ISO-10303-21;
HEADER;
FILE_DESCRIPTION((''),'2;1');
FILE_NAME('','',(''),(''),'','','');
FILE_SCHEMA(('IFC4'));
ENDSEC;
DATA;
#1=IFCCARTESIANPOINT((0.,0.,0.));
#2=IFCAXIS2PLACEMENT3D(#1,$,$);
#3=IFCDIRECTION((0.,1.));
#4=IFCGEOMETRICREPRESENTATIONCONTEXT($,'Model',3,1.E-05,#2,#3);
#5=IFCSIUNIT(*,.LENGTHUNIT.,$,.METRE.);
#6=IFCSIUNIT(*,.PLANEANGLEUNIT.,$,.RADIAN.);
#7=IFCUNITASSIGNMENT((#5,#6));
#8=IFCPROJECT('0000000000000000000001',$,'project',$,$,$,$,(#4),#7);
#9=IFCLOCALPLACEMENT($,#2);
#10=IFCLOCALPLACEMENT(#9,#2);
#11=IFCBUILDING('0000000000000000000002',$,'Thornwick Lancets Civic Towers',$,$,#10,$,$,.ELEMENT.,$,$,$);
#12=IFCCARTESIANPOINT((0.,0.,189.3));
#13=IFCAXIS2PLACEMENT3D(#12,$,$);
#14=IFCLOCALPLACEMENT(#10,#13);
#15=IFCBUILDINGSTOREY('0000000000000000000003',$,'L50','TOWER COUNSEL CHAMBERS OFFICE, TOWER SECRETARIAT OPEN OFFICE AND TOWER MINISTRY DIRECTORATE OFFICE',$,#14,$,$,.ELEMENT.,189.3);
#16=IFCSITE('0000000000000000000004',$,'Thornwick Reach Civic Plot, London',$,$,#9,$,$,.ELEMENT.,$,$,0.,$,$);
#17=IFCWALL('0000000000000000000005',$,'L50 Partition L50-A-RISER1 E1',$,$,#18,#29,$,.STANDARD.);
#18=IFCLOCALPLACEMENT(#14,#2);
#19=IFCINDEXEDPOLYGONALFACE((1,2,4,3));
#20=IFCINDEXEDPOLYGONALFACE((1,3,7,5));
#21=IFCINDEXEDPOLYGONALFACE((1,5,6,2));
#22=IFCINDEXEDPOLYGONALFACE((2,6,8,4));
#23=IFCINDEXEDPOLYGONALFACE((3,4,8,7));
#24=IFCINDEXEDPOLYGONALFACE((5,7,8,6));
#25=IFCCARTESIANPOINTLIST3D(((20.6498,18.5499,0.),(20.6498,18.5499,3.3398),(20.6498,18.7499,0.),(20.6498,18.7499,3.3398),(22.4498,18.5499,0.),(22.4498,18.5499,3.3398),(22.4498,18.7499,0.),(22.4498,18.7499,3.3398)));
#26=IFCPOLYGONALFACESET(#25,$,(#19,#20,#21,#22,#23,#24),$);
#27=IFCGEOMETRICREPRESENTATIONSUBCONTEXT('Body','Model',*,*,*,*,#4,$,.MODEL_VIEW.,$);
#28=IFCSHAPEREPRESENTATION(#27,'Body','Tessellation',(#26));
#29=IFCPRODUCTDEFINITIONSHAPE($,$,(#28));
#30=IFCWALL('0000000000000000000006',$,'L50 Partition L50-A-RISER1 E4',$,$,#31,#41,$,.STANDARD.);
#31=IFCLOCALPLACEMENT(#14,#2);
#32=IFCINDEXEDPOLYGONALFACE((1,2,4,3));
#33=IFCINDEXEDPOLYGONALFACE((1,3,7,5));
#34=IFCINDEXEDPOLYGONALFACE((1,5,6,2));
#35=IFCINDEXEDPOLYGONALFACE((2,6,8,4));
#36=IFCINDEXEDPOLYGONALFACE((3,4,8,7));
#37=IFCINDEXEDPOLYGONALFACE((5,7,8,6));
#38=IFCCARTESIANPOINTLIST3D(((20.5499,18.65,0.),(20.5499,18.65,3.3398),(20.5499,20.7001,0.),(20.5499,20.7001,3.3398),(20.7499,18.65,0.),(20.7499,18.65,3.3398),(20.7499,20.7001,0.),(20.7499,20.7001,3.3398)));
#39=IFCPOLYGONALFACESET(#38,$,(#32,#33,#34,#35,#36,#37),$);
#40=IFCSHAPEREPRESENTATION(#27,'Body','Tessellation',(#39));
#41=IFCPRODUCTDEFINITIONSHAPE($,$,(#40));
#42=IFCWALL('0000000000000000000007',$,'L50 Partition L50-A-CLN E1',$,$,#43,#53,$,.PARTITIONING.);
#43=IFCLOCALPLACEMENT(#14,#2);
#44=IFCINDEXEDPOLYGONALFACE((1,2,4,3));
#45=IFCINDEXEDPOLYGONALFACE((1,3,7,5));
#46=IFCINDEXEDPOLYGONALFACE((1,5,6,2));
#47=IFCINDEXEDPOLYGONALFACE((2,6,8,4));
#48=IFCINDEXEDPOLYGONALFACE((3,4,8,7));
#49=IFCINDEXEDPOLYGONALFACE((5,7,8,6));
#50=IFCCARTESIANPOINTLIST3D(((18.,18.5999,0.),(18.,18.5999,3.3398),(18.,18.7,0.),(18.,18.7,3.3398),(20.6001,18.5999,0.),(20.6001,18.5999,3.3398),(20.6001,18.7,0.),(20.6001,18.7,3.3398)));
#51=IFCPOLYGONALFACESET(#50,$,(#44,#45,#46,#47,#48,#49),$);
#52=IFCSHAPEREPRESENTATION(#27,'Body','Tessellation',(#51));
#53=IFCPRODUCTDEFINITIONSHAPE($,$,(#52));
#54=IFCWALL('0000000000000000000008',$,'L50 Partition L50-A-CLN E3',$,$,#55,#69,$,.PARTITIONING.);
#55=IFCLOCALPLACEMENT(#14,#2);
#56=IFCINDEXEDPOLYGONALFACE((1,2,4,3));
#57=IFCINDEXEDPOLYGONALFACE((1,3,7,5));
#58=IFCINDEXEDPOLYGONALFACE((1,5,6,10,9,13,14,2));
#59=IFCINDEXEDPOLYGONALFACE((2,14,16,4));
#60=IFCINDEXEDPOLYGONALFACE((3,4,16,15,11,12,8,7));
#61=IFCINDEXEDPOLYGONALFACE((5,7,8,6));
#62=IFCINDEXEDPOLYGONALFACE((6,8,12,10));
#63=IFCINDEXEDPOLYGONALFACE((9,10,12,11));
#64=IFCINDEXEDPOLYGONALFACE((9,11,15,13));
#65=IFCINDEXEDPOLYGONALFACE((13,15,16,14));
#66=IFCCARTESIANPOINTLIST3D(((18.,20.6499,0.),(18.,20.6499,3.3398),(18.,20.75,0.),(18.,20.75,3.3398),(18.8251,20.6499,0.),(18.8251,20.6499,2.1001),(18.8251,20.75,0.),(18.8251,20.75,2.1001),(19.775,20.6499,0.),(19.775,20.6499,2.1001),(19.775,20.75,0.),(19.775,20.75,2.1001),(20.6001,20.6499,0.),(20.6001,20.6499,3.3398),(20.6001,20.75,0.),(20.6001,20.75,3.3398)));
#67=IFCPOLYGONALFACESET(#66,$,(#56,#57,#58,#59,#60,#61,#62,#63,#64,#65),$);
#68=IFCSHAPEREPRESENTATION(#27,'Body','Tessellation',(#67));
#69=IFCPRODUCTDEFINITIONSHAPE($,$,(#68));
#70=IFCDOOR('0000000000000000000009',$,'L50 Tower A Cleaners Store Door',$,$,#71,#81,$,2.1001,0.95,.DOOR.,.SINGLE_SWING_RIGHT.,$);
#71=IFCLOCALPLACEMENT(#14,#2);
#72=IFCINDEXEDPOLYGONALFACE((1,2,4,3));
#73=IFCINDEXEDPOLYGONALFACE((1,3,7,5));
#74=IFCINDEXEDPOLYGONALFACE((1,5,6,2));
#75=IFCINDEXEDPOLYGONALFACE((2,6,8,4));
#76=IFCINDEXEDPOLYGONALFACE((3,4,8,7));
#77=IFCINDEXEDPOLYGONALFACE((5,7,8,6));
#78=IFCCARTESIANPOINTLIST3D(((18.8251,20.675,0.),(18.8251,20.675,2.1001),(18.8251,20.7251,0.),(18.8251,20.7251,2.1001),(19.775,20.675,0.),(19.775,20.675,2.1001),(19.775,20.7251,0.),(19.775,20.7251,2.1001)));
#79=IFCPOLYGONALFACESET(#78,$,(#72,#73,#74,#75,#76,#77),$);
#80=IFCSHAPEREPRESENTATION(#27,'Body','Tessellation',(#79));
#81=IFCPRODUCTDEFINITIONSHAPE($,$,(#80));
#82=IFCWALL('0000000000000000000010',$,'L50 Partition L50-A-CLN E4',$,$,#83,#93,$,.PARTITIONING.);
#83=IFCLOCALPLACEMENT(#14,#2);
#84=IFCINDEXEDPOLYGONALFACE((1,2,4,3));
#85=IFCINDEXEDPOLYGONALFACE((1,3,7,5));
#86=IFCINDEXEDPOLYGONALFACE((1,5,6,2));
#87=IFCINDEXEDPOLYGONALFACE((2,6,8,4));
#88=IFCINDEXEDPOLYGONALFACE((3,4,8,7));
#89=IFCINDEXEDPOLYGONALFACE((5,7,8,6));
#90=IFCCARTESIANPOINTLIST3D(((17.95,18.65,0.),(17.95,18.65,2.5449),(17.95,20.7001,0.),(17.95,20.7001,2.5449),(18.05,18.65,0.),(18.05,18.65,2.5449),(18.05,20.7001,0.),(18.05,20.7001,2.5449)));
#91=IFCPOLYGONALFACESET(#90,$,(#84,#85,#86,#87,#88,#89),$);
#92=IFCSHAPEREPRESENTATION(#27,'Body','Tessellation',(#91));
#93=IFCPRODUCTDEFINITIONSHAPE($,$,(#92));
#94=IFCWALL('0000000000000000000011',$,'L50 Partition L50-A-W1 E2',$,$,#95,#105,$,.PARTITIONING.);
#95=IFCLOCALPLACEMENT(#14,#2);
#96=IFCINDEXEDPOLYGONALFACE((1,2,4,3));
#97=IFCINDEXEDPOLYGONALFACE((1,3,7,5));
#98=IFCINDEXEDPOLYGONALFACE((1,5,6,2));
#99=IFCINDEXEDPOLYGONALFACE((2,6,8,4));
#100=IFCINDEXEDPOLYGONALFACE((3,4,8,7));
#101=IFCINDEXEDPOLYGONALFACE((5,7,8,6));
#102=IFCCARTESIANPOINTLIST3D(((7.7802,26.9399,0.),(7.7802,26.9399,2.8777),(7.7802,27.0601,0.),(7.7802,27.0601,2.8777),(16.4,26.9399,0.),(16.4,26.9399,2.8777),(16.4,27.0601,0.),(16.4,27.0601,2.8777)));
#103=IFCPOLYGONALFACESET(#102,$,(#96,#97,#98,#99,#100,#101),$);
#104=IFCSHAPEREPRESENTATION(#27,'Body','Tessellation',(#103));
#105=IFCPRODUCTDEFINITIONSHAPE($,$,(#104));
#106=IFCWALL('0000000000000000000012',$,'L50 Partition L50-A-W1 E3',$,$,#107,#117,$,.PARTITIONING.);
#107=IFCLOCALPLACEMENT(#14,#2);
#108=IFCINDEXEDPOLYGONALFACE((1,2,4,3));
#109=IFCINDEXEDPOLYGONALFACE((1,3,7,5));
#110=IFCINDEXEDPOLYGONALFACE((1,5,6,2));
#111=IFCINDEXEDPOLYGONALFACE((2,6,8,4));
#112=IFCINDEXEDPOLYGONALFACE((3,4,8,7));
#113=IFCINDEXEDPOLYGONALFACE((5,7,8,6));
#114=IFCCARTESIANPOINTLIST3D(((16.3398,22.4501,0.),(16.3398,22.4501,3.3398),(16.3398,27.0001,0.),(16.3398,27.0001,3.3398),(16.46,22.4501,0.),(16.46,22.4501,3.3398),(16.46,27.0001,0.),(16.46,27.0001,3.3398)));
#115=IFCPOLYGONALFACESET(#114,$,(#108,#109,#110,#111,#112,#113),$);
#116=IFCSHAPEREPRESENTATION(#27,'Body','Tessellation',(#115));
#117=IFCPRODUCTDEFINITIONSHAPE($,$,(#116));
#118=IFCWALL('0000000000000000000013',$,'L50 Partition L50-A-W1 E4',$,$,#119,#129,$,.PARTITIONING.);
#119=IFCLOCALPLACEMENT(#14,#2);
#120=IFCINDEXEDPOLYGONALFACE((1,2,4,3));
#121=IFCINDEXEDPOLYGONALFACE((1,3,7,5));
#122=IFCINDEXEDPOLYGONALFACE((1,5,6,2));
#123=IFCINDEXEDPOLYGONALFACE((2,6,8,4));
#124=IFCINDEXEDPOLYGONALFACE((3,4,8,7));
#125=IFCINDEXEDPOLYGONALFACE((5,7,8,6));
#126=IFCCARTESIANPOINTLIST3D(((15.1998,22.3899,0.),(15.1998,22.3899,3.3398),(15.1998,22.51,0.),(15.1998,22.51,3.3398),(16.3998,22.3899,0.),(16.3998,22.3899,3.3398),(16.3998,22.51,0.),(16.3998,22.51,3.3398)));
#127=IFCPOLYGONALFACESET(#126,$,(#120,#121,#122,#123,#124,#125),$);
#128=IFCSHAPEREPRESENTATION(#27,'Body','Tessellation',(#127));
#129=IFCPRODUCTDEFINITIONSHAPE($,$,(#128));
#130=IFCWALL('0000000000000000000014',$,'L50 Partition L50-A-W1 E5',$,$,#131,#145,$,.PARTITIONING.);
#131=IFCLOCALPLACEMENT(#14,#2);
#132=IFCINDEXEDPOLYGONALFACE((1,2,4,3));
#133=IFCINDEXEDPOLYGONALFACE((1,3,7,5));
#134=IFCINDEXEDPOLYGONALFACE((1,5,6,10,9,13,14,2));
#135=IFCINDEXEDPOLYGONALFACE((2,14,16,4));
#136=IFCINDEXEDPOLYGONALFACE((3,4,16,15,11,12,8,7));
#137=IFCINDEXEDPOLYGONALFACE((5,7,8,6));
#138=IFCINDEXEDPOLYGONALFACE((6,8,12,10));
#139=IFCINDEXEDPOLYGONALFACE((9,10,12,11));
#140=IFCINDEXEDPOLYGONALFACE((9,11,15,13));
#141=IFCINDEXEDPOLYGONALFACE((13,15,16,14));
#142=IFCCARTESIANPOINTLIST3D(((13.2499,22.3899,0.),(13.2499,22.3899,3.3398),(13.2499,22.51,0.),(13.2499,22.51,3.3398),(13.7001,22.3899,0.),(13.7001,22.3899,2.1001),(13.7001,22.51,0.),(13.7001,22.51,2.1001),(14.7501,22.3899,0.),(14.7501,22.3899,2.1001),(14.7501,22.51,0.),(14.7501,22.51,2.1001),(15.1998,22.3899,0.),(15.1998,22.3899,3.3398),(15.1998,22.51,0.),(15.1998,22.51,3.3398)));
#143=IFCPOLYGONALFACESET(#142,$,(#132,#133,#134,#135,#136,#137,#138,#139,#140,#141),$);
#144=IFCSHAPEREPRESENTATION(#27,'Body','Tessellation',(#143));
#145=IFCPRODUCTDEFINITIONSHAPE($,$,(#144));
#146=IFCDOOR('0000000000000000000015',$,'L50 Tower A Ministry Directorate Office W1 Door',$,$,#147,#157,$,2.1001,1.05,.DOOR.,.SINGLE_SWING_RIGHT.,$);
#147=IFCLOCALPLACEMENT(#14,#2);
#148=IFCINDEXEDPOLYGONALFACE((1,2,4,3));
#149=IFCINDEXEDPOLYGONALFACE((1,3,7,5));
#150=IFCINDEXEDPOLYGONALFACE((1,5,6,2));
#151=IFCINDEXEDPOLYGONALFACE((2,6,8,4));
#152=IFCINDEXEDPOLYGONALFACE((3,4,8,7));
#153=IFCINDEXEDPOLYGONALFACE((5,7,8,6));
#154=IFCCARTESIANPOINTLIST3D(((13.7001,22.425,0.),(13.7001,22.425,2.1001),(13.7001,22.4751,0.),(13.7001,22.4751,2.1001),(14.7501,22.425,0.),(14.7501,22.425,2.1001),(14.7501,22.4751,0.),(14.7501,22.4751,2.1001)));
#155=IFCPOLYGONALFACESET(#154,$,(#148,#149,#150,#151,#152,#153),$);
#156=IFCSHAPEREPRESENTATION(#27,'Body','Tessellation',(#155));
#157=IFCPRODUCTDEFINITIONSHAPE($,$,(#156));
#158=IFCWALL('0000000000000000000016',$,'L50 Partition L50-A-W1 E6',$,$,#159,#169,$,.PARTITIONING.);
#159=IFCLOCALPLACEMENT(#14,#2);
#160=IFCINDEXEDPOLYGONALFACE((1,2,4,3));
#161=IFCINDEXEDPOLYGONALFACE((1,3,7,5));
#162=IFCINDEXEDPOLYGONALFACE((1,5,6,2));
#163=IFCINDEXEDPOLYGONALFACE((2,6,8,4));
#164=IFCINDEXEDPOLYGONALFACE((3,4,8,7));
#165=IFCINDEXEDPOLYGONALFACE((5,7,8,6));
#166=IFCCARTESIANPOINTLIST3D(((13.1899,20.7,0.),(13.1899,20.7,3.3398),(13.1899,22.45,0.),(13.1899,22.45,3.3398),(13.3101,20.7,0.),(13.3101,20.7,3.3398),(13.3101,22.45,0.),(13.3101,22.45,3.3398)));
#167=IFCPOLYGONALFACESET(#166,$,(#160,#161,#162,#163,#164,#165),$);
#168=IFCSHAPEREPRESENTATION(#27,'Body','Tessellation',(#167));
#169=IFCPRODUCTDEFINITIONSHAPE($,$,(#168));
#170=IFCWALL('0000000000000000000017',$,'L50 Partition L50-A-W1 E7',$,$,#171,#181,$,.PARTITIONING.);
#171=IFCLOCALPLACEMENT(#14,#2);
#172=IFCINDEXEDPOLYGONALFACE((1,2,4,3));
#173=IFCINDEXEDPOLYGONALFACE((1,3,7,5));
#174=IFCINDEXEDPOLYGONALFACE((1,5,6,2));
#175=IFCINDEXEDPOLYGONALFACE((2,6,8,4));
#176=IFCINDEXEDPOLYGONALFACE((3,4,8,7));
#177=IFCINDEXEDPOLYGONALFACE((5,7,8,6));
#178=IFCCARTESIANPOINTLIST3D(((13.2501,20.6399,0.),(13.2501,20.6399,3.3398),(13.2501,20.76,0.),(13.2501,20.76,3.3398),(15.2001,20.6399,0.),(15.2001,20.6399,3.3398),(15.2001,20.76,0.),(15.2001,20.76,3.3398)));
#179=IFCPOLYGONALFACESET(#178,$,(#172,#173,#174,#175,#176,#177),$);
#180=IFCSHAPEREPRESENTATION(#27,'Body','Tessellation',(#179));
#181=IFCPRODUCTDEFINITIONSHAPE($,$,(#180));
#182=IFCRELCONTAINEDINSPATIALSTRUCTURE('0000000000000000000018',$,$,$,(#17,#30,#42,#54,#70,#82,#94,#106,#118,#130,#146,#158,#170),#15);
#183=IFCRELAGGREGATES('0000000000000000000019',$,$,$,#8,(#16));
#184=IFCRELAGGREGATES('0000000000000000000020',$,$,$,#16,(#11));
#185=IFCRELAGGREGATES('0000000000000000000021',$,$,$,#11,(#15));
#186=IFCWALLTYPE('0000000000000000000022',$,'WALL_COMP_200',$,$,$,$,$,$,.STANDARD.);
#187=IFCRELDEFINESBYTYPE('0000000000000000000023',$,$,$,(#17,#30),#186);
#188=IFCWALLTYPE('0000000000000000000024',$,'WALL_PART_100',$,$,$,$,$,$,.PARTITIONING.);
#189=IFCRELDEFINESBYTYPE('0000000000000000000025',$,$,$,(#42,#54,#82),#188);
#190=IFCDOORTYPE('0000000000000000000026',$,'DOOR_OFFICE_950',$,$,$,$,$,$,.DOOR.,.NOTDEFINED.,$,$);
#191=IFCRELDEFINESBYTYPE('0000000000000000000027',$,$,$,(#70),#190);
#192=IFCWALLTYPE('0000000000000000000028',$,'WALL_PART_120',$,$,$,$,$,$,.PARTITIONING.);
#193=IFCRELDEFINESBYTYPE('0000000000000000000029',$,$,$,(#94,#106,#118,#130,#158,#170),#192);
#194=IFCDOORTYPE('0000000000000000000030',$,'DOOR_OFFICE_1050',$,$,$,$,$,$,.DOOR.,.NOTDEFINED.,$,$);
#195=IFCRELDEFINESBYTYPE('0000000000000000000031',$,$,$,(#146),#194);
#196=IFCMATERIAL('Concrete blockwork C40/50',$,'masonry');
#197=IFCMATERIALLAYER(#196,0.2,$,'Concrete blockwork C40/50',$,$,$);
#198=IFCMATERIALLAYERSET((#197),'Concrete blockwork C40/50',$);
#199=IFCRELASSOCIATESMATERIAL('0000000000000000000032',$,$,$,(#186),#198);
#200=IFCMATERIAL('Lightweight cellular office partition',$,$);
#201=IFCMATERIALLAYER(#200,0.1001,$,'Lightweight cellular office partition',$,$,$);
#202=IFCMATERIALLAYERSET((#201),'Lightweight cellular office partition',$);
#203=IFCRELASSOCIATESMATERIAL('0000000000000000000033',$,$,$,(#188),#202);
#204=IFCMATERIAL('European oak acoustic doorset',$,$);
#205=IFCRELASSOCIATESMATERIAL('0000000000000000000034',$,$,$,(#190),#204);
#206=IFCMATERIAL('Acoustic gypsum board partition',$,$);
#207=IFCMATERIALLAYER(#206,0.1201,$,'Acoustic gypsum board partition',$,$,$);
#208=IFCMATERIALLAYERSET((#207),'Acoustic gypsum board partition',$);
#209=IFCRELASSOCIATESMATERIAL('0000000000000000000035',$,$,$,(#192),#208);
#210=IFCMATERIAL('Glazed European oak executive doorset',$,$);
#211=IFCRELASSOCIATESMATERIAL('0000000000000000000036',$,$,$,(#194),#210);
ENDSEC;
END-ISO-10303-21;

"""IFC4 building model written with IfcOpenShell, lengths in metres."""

from ifc_helpers import new_model, si_unit, direction, frame, frame_2d, origin, place, context, subcontext, project, spatial, rectangle, extrude, material, layer, layer_set, type_object, element, fill, save


model = new_model("IFC4")

# Units and contexts
model_context = context("Model", 3, precision=1e-05, world=origin(), true_north=direction((0.0, 1.0)))
body_context = subcontext(model_context, "Body", "Model", "MODEL_VIEW")
ifc_project = project(units=[si_unit("LENGTHUNIT", "METRE"), si_unit("PLANEANGLEUNIT", "RADIAN")], contexts=[model_context])

# Site, building, storey
site_placement = place(None, origin())
site = spatial("IfcSite", under=ifc_project, at=site_placement, Name="Thornwick Reach Civic Plot, London", CompositionType="ELEMENT", RefElevation=0.0)
building_placement = place(site_placement, origin())
building = spatial("IfcBuilding", under=site, at=building_placement, Name="Thornwick Lancets Civic Towers", CompositionType="ELEMENT")
storey_placement = place(building_placement, frame((0.0, 0.0, 189.3)))
storey = spatial("IfcBuildingStorey", under=building, at=storey_placement, Name="L50", Description="TOWER COUNSEL CHAMBERS OFFICE, TOWER SECRETARIAT OPEN OFFICE AND TOWER MINISTRY DIRECTORATE OFFICE", CompositionType="ELEMENT", Elevation=189.3)

# Shared definitions
ifc_material_1 = material(Name="Concrete blockwork C40/50", Category="masonry")
ifc_layer_1 = layer(ifc_material_1, 0.2, Name="Concrete blockwork C40/50")
ifc_layer_set_1 = layer_set([ifc_layer_1], Name="Concrete blockwork C40/50")
wall_type_1 = type_object("IfcWallType", Name="WALL_COMP_200", PredefinedType="STANDARD", material=ifc_layer_set_1)

# Walls
wall_1_placement = place(storey_placement, frame((20.6499, 18.6499, 0.0), z_axis=(0.0, 0.0, 1.0), x_axis=(1.0, 0.0, 0.0)))
element("IfcWall", 1, at=wall_1_placement, inside=storey, type_object=wall_type_1, Name="L50 Partition L50-A-RISER1 E1", PredefinedType="STANDARD", context=body_context, shape_type="SweptSolid", body=[
    extrude(rectangle(XDim=1.8, YDim=0.2, at=frame_2d((0.8999, 0.0))), origin(), (0.0, 0.0, 1.0), 3.3398),
])
wall_2_placement = place(storey_placement, frame((20.6499, 20.7, 0.0), z_axis=(0.0, 0.0, 1.0), x_axis=(0.0, -1.0, 0.0)))
element("IfcWall", 2, at=wall_2_placement, inside=storey, type_object=wall_type_1, Name="L50 Partition L50-A-RISER1 E4", PredefinedType="STANDARD", context=body_context, shape_type="SweptSolid", body=[
    extrude(rectangle(XDim=2.05, YDim=0.2, at=frame_2d((1.0249, 0.0))), origin(), (0.0, 0.0, 1.0), 3.3398),
])
ifc_material_2 = material(Name="Lightweight cellular office partition")
ifc_layer_2 = layer(ifc_material_2, 0.1001, Name="Lightweight cellular office partition")
ifc_layer_set_2 = layer_set([ifc_layer_2], Name="Lightweight cellular office partition")
wall_type_2 = type_object("IfcWallType", Name="WALL_PART_100", PredefinedType="PARTITIONING", material=ifc_layer_set_2)
wall_3_placement = place(storey_placement, frame((18.0, 18.6499, 0.0), z_axis=(0.0, 0.0, 1.0), x_axis=(1.0, 0.0, 0.0)))
element("IfcWall", 3, at=wall_3_placement, inside=storey, type_object=wall_type_2, Name="L50 Partition L50-A-CLN E1", PredefinedType="PARTITIONING", context=body_context, shape_type="SweptSolid", body=[
    extrude(rectangle(XDim=2.6001, YDim=0.1001, at=frame_2d((1.3, 0.0))), origin(), (0.0, 0.0, 1.0), 3.3398),
])

# Wall, opening, door
wall_4_placement = place(storey_placement, frame((20.6001, 20.7, 0.0), z_axis=(0.0, 0.0, 1.0), x_axis=(-1.0, 0.0, 0.0)))
wall_4 = element("IfcWall", 4, at=wall_4_placement, inside=storey, type_object=wall_type_2, Name="L50 Partition L50-A-CLN E3", PredefinedType="PARTITIONING", context=body_context, shape_type="SweptSolid", body=[
    extrude(rectangle(XDim=2.6001, YDim=0.1001, at=frame_2d((1.3, 0.0))), origin(), (0.0, 0.0, 1.0), 3.3398),
])
opening_1_placement = place(wall_4_placement, frame((0.825, 0.0, 0.0)))
opening_1 = element("IfcOpeningElement", 5, at=opening_1_placement, cuts=wall_4, PredefinedType="OPENING", context=body_context, shape_type="SweptSolid", body=[
    extrude(rectangle(XDim=0.95, YDim=2.1001, at=frame_2d((0.4751, 1.05))), frame((0.0, 0.0601, 0.0), z_axis=(0.0, -1.0, 0.0), x_axis=(1.0, 0.0, 0.0)), (0.0, 0.0, 1.0), 0.1201),
])
ifc_material_3 = material(Name="European oak acoustic doorset")
door_type_1 = type_object("IfcDoorType", Name="DOOR_OFFICE_950", OperationType="NOTDEFINED", PredefinedType="DOOR", material=ifc_material_3)
door_1_placement = place(opening_1_placement, origin())
door_1 = element("IfcDoor", 6, at=door_1_placement, inside=storey, type_object=door_type_1, Name="L50 Tower A Cleaners Store Door", OperationType="SINGLE_SWING_RIGHT", OverallHeight=2.1001, OverallWidth=0.95, PredefinedType="DOOR", context=body_context, shape_type="SweptSolid", body=[
    extrude(rectangle(XDim=0.95, YDim=2.1001, at=frame_2d((0.4751, 1.05))), frame((0.0, 0.0249, 0.0), z_axis=(0.0, -1.0, 0.0), x_axis=(1.0, 0.0, 0.0)), (0.0, 0.0, 1.0), 0.05),
])
fill(opening_1, door_1)

# Walls
wall_5_placement = place(storey_placement, frame((18.0, 20.7, 0.0), z_axis=(0.0, 0.0, 1.0), x_axis=(0.0, -1.0, 0.0)))
element("IfcWall", 7, at=wall_5_placement, inside=storey, type_object=wall_type_2, Name="L50 Partition L50-A-CLN E4", PredefinedType="PARTITIONING", context=body_context, shape_type="SweptSolid", body=[
    extrude(rectangle(XDim=2.05, YDim=0.1001, at=frame_2d((1.0249, 0.0))), origin(), (0.0, 0.0, 1.0), 2.5449),
])
ifc_material_4 = material(Name="Acoustic gypsum board partition")
ifc_layer_3 = layer(ifc_material_4, 0.1201, Name="Acoustic gypsum board partition")
ifc_layer_set_3 = layer_set([ifc_layer_3], Name="Acoustic gypsum board partition")
wall_type_3 = type_object("IfcWallType", Name="WALL_PART_120", PredefinedType="PARTITIONING", material=ifc_layer_set_3)
wall_6_placement = place(storey_placement, frame((7.78, 27.0, 0.0), z_axis=(0.0, 0.0, 1.0), x_axis=(1.0, 0.0, 0.0)))
element("IfcWall", 8, at=wall_6_placement, inside=storey, type_object=wall_type_3, Name="L50 Partition L50-A-W1 E2", PredefinedType="PARTITIONING", context=body_context, shape_type="SweptSolid", body=[
    extrude(rectangle(XDim=8.6199, YDim=0.1201, at=frame_2d((4.3101, 0.0))), origin(), (0.0, 0.0, 1.0), 2.8777),
])
wall_7_placement = place(storey_placement, frame((16.3999, 27.0, 0.0), z_axis=(0.0, 0.0, 1.0), x_axis=(0.0, -1.0, 0.0)))
element("IfcWall", 9, at=wall_7_placement, inside=storey, type_object=wall_type_3, Name="L50 Partition L50-A-W1 E3", PredefinedType="PARTITIONING", context=body_context, shape_type="SweptSolid", body=[
    extrude(rectangle(XDim=4.55, YDim=0.1201, at=frame_2d((2.2749, 0.0))), origin(), (0.0, 0.0, 1.0), 3.3398),
])
wall_8_placement = place(storey_placement, frame((16.3999, 22.45, 0.0), z_axis=(0.0, 0.0, 1.0), x_axis=(-1.0, 0.0, 0.0)))
element("IfcWall", 10, at=wall_8_placement, inside=storey, type_object=wall_type_3, Name="L50 Partition L50-A-W1 E4", PredefinedType="PARTITIONING", context=body_context, shape_type="SweptSolid", body=[
    extrude(rectangle(XDim=1.2, YDim=0.1201, at=frame_2d((0.6001, 0.0))), origin(), (0.0, 0.0, 1.0), 3.3398),
])

# Wall, opening, door
wall_9_placement = place(storey_placement, frame((15.2, 22.45, 0.0), z_axis=(0.0, 0.0, 1.0), x_axis=(-1.0, 0.0, 0.0)))
wall_9 = element("IfcWall", 11, at=wall_9_placement, inside=storey, type_object=wall_type_3, Name="L50 Partition L50-A-W1 E5", PredefinedType="PARTITIONING", context=body_context, shape_type="SweptSolid", body=[
    extrude(rectangle(XDim=1.95, YDim=0.1201, at=frame_2d((0.9751, 0.0))), origin(), (0.0, 0.0, 1.0), 3.3398),
])
opening_2_placement = place(wall_9_placement, frame((0.45, 0.0, 0.0)))
opening_2 = element("IfcOpeningElement", 12, at=opening_2_placement, cuts=wall_9, PredefinedType="OPENING", context=body_context, shape_type="SweptSolid", body=[
    extrude(rectangle(XDim=1.05, YDim=2.1001, at=frame_2d((0.5249, 1.05))), frame((0.0, 0.0701, 0.0), z_axis=(0.0, -1.0, 0.0), x_axis=(1.0, 0.0, 0.0)), (0.0, 0.0, 1.0), 0.1401),
])
ifc_material_5 = material(Name="Glazed European oak executive doorset")
door_type_2 = type_object("IfcDoorType", Name="DOOR_OFFICE_1050", OperationType="NOTDEFINED", PredefinedType="DOOR", material=ifc_material_5)
door_2_placement = place(opening_2_placement, origin())
door_2 = element("IfcDoor", 13, at=door_2_placement, inside=storey, type_object=door_type_2, Name="L50 Tower A Ministry Directorate Office W1 Door", OperationType="SINGLE_SWING_RIGHT", OverallHeight=2.1001, OverallWidth=1.05, PredefinedType="DOOR", context=body_context, shape_type="SweptSolid", body=[
    extrude(rectangle(XDim=1.05, YDim=2.1001, at=frame_2d((0.5249, 1.05))), frame((0.0, 0.0249, 0.0), z_axis=(0.0, -1.0, 0.0), x_axis=(1.0, 0.0, 0.0)), (0.0, 0.0, 1.0), 0.05),
])
fill(opening_2, door_2)

# Walls
wall_10_placement = place(storey_placement, frame((13.25, 22.45, 0.0), z_axis=(0.0, 0.0, 1.0), x_axis=(0.0, -1.0, 0.0)))
element("IfcWall", 14, at=wall_10_placement, inside=storey, type_object=wall_type_3, Name="L50 Partition L50-A-W1 E6", PredefinedType="PARTITIONING", context=body_context, shape_type="SweptSolid", body=[
    extrude(rectangle(XDim=1.75, YDim=0.1201, at=frame_2d((0.875, 0.0))), origin(), (0.0, 0.0, 1.0), 3.3398),
])
wall_11_placement = place(storey_placement, frame((13.25, 20.7, 0.0), z_axis=(0.0, 0.0, 1.0), x_axis=(1.0, 0.0, 0.0)))
element("IfcWall", 15, at=wall_11_placement, inside=storey, type_object=wall_type_3, Name="L50 Partition L50-A-W1 E7", PredefinedType="PARTITIONING", context=body_context, shape_type="SweptSolid", body=[
    extrude(rectangle(XDim=1.95, YDim=0.1201, at=frame_2d((0.9751, 0.0))), origin(), (0.0, 0.0, 1.0), 3.3398),
])

save(model, "model.ifc")
